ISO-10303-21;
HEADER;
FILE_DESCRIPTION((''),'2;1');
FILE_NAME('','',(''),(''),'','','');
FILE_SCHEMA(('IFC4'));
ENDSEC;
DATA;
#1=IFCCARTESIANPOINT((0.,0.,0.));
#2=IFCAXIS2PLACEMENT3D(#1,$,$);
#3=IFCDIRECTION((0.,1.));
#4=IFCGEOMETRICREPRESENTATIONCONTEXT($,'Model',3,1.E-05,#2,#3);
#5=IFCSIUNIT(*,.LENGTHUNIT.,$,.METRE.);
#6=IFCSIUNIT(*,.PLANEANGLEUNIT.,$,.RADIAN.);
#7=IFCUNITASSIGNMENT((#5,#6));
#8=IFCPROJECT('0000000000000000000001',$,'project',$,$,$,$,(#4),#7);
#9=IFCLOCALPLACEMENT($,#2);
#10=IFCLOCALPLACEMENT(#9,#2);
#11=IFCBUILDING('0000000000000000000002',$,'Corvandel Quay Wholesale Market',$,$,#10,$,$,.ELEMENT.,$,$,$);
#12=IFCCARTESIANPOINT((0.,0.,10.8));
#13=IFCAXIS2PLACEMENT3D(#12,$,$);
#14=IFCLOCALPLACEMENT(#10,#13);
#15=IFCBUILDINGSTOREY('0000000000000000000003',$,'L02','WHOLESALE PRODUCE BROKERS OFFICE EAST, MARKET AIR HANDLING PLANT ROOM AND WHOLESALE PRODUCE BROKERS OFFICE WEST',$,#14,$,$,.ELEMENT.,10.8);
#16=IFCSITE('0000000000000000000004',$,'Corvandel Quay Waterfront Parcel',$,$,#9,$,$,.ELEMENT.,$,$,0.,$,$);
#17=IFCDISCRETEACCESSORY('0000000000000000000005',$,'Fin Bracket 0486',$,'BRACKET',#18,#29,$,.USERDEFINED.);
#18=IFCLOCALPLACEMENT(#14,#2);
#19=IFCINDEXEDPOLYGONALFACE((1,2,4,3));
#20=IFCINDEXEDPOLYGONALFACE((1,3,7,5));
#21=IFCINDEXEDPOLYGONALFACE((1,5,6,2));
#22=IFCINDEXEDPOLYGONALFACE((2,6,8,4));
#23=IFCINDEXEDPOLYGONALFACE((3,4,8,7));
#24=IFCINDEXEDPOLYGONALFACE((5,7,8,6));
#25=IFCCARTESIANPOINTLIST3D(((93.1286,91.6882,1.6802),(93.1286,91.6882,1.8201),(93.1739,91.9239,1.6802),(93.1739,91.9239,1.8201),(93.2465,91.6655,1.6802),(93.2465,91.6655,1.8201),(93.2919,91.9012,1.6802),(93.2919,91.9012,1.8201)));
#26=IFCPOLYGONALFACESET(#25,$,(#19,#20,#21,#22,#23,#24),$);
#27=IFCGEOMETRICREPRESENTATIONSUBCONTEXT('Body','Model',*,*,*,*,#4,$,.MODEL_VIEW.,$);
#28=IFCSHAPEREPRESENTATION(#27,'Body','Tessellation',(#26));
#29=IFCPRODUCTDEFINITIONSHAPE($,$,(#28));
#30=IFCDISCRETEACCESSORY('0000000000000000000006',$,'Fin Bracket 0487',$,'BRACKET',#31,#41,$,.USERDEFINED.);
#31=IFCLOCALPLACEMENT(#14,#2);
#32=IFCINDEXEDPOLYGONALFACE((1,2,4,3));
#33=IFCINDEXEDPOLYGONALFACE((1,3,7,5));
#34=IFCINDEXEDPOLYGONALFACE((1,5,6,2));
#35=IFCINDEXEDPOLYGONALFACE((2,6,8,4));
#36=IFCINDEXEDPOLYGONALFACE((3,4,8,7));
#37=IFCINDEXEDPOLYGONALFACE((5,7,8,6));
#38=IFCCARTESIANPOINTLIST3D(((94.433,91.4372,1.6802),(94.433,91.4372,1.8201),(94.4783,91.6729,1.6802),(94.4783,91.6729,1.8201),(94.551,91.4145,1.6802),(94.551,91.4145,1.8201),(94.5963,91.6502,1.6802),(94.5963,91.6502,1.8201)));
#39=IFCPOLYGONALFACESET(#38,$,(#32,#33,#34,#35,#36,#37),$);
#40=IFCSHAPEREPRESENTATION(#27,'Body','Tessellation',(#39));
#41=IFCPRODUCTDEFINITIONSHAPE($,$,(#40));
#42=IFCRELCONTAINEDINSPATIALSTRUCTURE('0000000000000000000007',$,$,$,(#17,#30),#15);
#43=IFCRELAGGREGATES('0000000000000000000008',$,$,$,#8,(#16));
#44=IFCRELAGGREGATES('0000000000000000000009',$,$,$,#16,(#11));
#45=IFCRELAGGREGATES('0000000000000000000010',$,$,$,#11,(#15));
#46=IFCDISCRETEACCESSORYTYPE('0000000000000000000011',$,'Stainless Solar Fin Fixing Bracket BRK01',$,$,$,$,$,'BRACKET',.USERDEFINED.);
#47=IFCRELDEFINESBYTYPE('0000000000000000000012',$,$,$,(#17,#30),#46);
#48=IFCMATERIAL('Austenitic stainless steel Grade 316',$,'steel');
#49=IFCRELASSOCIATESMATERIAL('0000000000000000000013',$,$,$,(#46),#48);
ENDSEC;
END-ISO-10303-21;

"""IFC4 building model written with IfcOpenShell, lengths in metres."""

from ifc_helpers import new_model, si_unit, direction, frame, origin, origin_2d, place, context, subcontext, project, spatial, rectangle, extrude, material, type_object, element, save


model = new_model("IFC4")

# Units and contexts
model_context = context("Model", 3, precision=1e-05, world=origin(), true_north=direction((0.0, 1.0)))
body_context = subcontext(model_context, "Body", "Model", "MODEL_VIEW")
ifc_project = project(units=[si_unit("LENGTHUNIT", "METRE"), si_unit("PLANEANGLEUNIT", "RADIAN")], contexts=[model_context])

# Site, building, storey
site_placement = place(None, origin())
site = spatial("IfcSite", under=ifc_project, at=site_placement, Name="Corvandel Quay Waterfront Parcel", CompositionType="ELEMENT", RefElevation=0.0)
building_placement = place(site_placement, origin())
building = spatial("IfcBuilding", under=site, at=building_placement, Name="Corvandel Quay Wholesale Market", CompositionType="ELEMENT")
storey_placement = place(building_placement, frame((0.0, 0.0, 10.8)))
storey = spatial("IfcBuildingStorey", under=building, at=storey_placement, Name="L02", Description="WHOLESALE PRODUCE BROKERS OFFICE EAST, MARKET AIR HANDLING PLANT ROOM AND WHOLESALE PRODUCE BROKERS OFFICE WEST", CompositionType="ELEMENT", Elevation=10.8)

# Discrete accessories
ifc_material_1 = material(Name="Austenitic stainless steel Grade 316", Category="steel")
discrete_accessory_type = type_object("IfcDiscreteAccessoryType", Name="Stainless Solar Fin Fixing Bracket BRK01", ElementType="BRACKET", PredefinedType="USERDEFINED", material=ifc_material_1)
for number, where, z_axis, x_axis, name in (
    (1, (93.2102, 91.7947, 1.6802), (0.0, 0.0, 1.0), (0.188924, 0.981992, 0.0), "Fin Bracket 0486"),
    (2, (94.5146, 91.5437, 1.6802), (0.0, 0.0, 1.0), (0.188924, 0.981992, 0.0), "Fin Bracket 0487"),
):
    element("IfcDiscreteAccessory", number, at=place(storey_placement, frame(where, z_axis=z_axis, x_axis=x_axis)), inside=storey, type_object=discrete_accessory_type, Name=name, ObjectType="BRACKET", PredefinedType="USERDEFINED", context=body_context, shape_type="SweptSolid", body=[
        extrude(rectangle(XDim=0.24, YDim=0.1201, at=origin_2d()), origin(), (0.0, 0.0, 1.0), 0.1399),
    ])

save(model, "model.ifc")
